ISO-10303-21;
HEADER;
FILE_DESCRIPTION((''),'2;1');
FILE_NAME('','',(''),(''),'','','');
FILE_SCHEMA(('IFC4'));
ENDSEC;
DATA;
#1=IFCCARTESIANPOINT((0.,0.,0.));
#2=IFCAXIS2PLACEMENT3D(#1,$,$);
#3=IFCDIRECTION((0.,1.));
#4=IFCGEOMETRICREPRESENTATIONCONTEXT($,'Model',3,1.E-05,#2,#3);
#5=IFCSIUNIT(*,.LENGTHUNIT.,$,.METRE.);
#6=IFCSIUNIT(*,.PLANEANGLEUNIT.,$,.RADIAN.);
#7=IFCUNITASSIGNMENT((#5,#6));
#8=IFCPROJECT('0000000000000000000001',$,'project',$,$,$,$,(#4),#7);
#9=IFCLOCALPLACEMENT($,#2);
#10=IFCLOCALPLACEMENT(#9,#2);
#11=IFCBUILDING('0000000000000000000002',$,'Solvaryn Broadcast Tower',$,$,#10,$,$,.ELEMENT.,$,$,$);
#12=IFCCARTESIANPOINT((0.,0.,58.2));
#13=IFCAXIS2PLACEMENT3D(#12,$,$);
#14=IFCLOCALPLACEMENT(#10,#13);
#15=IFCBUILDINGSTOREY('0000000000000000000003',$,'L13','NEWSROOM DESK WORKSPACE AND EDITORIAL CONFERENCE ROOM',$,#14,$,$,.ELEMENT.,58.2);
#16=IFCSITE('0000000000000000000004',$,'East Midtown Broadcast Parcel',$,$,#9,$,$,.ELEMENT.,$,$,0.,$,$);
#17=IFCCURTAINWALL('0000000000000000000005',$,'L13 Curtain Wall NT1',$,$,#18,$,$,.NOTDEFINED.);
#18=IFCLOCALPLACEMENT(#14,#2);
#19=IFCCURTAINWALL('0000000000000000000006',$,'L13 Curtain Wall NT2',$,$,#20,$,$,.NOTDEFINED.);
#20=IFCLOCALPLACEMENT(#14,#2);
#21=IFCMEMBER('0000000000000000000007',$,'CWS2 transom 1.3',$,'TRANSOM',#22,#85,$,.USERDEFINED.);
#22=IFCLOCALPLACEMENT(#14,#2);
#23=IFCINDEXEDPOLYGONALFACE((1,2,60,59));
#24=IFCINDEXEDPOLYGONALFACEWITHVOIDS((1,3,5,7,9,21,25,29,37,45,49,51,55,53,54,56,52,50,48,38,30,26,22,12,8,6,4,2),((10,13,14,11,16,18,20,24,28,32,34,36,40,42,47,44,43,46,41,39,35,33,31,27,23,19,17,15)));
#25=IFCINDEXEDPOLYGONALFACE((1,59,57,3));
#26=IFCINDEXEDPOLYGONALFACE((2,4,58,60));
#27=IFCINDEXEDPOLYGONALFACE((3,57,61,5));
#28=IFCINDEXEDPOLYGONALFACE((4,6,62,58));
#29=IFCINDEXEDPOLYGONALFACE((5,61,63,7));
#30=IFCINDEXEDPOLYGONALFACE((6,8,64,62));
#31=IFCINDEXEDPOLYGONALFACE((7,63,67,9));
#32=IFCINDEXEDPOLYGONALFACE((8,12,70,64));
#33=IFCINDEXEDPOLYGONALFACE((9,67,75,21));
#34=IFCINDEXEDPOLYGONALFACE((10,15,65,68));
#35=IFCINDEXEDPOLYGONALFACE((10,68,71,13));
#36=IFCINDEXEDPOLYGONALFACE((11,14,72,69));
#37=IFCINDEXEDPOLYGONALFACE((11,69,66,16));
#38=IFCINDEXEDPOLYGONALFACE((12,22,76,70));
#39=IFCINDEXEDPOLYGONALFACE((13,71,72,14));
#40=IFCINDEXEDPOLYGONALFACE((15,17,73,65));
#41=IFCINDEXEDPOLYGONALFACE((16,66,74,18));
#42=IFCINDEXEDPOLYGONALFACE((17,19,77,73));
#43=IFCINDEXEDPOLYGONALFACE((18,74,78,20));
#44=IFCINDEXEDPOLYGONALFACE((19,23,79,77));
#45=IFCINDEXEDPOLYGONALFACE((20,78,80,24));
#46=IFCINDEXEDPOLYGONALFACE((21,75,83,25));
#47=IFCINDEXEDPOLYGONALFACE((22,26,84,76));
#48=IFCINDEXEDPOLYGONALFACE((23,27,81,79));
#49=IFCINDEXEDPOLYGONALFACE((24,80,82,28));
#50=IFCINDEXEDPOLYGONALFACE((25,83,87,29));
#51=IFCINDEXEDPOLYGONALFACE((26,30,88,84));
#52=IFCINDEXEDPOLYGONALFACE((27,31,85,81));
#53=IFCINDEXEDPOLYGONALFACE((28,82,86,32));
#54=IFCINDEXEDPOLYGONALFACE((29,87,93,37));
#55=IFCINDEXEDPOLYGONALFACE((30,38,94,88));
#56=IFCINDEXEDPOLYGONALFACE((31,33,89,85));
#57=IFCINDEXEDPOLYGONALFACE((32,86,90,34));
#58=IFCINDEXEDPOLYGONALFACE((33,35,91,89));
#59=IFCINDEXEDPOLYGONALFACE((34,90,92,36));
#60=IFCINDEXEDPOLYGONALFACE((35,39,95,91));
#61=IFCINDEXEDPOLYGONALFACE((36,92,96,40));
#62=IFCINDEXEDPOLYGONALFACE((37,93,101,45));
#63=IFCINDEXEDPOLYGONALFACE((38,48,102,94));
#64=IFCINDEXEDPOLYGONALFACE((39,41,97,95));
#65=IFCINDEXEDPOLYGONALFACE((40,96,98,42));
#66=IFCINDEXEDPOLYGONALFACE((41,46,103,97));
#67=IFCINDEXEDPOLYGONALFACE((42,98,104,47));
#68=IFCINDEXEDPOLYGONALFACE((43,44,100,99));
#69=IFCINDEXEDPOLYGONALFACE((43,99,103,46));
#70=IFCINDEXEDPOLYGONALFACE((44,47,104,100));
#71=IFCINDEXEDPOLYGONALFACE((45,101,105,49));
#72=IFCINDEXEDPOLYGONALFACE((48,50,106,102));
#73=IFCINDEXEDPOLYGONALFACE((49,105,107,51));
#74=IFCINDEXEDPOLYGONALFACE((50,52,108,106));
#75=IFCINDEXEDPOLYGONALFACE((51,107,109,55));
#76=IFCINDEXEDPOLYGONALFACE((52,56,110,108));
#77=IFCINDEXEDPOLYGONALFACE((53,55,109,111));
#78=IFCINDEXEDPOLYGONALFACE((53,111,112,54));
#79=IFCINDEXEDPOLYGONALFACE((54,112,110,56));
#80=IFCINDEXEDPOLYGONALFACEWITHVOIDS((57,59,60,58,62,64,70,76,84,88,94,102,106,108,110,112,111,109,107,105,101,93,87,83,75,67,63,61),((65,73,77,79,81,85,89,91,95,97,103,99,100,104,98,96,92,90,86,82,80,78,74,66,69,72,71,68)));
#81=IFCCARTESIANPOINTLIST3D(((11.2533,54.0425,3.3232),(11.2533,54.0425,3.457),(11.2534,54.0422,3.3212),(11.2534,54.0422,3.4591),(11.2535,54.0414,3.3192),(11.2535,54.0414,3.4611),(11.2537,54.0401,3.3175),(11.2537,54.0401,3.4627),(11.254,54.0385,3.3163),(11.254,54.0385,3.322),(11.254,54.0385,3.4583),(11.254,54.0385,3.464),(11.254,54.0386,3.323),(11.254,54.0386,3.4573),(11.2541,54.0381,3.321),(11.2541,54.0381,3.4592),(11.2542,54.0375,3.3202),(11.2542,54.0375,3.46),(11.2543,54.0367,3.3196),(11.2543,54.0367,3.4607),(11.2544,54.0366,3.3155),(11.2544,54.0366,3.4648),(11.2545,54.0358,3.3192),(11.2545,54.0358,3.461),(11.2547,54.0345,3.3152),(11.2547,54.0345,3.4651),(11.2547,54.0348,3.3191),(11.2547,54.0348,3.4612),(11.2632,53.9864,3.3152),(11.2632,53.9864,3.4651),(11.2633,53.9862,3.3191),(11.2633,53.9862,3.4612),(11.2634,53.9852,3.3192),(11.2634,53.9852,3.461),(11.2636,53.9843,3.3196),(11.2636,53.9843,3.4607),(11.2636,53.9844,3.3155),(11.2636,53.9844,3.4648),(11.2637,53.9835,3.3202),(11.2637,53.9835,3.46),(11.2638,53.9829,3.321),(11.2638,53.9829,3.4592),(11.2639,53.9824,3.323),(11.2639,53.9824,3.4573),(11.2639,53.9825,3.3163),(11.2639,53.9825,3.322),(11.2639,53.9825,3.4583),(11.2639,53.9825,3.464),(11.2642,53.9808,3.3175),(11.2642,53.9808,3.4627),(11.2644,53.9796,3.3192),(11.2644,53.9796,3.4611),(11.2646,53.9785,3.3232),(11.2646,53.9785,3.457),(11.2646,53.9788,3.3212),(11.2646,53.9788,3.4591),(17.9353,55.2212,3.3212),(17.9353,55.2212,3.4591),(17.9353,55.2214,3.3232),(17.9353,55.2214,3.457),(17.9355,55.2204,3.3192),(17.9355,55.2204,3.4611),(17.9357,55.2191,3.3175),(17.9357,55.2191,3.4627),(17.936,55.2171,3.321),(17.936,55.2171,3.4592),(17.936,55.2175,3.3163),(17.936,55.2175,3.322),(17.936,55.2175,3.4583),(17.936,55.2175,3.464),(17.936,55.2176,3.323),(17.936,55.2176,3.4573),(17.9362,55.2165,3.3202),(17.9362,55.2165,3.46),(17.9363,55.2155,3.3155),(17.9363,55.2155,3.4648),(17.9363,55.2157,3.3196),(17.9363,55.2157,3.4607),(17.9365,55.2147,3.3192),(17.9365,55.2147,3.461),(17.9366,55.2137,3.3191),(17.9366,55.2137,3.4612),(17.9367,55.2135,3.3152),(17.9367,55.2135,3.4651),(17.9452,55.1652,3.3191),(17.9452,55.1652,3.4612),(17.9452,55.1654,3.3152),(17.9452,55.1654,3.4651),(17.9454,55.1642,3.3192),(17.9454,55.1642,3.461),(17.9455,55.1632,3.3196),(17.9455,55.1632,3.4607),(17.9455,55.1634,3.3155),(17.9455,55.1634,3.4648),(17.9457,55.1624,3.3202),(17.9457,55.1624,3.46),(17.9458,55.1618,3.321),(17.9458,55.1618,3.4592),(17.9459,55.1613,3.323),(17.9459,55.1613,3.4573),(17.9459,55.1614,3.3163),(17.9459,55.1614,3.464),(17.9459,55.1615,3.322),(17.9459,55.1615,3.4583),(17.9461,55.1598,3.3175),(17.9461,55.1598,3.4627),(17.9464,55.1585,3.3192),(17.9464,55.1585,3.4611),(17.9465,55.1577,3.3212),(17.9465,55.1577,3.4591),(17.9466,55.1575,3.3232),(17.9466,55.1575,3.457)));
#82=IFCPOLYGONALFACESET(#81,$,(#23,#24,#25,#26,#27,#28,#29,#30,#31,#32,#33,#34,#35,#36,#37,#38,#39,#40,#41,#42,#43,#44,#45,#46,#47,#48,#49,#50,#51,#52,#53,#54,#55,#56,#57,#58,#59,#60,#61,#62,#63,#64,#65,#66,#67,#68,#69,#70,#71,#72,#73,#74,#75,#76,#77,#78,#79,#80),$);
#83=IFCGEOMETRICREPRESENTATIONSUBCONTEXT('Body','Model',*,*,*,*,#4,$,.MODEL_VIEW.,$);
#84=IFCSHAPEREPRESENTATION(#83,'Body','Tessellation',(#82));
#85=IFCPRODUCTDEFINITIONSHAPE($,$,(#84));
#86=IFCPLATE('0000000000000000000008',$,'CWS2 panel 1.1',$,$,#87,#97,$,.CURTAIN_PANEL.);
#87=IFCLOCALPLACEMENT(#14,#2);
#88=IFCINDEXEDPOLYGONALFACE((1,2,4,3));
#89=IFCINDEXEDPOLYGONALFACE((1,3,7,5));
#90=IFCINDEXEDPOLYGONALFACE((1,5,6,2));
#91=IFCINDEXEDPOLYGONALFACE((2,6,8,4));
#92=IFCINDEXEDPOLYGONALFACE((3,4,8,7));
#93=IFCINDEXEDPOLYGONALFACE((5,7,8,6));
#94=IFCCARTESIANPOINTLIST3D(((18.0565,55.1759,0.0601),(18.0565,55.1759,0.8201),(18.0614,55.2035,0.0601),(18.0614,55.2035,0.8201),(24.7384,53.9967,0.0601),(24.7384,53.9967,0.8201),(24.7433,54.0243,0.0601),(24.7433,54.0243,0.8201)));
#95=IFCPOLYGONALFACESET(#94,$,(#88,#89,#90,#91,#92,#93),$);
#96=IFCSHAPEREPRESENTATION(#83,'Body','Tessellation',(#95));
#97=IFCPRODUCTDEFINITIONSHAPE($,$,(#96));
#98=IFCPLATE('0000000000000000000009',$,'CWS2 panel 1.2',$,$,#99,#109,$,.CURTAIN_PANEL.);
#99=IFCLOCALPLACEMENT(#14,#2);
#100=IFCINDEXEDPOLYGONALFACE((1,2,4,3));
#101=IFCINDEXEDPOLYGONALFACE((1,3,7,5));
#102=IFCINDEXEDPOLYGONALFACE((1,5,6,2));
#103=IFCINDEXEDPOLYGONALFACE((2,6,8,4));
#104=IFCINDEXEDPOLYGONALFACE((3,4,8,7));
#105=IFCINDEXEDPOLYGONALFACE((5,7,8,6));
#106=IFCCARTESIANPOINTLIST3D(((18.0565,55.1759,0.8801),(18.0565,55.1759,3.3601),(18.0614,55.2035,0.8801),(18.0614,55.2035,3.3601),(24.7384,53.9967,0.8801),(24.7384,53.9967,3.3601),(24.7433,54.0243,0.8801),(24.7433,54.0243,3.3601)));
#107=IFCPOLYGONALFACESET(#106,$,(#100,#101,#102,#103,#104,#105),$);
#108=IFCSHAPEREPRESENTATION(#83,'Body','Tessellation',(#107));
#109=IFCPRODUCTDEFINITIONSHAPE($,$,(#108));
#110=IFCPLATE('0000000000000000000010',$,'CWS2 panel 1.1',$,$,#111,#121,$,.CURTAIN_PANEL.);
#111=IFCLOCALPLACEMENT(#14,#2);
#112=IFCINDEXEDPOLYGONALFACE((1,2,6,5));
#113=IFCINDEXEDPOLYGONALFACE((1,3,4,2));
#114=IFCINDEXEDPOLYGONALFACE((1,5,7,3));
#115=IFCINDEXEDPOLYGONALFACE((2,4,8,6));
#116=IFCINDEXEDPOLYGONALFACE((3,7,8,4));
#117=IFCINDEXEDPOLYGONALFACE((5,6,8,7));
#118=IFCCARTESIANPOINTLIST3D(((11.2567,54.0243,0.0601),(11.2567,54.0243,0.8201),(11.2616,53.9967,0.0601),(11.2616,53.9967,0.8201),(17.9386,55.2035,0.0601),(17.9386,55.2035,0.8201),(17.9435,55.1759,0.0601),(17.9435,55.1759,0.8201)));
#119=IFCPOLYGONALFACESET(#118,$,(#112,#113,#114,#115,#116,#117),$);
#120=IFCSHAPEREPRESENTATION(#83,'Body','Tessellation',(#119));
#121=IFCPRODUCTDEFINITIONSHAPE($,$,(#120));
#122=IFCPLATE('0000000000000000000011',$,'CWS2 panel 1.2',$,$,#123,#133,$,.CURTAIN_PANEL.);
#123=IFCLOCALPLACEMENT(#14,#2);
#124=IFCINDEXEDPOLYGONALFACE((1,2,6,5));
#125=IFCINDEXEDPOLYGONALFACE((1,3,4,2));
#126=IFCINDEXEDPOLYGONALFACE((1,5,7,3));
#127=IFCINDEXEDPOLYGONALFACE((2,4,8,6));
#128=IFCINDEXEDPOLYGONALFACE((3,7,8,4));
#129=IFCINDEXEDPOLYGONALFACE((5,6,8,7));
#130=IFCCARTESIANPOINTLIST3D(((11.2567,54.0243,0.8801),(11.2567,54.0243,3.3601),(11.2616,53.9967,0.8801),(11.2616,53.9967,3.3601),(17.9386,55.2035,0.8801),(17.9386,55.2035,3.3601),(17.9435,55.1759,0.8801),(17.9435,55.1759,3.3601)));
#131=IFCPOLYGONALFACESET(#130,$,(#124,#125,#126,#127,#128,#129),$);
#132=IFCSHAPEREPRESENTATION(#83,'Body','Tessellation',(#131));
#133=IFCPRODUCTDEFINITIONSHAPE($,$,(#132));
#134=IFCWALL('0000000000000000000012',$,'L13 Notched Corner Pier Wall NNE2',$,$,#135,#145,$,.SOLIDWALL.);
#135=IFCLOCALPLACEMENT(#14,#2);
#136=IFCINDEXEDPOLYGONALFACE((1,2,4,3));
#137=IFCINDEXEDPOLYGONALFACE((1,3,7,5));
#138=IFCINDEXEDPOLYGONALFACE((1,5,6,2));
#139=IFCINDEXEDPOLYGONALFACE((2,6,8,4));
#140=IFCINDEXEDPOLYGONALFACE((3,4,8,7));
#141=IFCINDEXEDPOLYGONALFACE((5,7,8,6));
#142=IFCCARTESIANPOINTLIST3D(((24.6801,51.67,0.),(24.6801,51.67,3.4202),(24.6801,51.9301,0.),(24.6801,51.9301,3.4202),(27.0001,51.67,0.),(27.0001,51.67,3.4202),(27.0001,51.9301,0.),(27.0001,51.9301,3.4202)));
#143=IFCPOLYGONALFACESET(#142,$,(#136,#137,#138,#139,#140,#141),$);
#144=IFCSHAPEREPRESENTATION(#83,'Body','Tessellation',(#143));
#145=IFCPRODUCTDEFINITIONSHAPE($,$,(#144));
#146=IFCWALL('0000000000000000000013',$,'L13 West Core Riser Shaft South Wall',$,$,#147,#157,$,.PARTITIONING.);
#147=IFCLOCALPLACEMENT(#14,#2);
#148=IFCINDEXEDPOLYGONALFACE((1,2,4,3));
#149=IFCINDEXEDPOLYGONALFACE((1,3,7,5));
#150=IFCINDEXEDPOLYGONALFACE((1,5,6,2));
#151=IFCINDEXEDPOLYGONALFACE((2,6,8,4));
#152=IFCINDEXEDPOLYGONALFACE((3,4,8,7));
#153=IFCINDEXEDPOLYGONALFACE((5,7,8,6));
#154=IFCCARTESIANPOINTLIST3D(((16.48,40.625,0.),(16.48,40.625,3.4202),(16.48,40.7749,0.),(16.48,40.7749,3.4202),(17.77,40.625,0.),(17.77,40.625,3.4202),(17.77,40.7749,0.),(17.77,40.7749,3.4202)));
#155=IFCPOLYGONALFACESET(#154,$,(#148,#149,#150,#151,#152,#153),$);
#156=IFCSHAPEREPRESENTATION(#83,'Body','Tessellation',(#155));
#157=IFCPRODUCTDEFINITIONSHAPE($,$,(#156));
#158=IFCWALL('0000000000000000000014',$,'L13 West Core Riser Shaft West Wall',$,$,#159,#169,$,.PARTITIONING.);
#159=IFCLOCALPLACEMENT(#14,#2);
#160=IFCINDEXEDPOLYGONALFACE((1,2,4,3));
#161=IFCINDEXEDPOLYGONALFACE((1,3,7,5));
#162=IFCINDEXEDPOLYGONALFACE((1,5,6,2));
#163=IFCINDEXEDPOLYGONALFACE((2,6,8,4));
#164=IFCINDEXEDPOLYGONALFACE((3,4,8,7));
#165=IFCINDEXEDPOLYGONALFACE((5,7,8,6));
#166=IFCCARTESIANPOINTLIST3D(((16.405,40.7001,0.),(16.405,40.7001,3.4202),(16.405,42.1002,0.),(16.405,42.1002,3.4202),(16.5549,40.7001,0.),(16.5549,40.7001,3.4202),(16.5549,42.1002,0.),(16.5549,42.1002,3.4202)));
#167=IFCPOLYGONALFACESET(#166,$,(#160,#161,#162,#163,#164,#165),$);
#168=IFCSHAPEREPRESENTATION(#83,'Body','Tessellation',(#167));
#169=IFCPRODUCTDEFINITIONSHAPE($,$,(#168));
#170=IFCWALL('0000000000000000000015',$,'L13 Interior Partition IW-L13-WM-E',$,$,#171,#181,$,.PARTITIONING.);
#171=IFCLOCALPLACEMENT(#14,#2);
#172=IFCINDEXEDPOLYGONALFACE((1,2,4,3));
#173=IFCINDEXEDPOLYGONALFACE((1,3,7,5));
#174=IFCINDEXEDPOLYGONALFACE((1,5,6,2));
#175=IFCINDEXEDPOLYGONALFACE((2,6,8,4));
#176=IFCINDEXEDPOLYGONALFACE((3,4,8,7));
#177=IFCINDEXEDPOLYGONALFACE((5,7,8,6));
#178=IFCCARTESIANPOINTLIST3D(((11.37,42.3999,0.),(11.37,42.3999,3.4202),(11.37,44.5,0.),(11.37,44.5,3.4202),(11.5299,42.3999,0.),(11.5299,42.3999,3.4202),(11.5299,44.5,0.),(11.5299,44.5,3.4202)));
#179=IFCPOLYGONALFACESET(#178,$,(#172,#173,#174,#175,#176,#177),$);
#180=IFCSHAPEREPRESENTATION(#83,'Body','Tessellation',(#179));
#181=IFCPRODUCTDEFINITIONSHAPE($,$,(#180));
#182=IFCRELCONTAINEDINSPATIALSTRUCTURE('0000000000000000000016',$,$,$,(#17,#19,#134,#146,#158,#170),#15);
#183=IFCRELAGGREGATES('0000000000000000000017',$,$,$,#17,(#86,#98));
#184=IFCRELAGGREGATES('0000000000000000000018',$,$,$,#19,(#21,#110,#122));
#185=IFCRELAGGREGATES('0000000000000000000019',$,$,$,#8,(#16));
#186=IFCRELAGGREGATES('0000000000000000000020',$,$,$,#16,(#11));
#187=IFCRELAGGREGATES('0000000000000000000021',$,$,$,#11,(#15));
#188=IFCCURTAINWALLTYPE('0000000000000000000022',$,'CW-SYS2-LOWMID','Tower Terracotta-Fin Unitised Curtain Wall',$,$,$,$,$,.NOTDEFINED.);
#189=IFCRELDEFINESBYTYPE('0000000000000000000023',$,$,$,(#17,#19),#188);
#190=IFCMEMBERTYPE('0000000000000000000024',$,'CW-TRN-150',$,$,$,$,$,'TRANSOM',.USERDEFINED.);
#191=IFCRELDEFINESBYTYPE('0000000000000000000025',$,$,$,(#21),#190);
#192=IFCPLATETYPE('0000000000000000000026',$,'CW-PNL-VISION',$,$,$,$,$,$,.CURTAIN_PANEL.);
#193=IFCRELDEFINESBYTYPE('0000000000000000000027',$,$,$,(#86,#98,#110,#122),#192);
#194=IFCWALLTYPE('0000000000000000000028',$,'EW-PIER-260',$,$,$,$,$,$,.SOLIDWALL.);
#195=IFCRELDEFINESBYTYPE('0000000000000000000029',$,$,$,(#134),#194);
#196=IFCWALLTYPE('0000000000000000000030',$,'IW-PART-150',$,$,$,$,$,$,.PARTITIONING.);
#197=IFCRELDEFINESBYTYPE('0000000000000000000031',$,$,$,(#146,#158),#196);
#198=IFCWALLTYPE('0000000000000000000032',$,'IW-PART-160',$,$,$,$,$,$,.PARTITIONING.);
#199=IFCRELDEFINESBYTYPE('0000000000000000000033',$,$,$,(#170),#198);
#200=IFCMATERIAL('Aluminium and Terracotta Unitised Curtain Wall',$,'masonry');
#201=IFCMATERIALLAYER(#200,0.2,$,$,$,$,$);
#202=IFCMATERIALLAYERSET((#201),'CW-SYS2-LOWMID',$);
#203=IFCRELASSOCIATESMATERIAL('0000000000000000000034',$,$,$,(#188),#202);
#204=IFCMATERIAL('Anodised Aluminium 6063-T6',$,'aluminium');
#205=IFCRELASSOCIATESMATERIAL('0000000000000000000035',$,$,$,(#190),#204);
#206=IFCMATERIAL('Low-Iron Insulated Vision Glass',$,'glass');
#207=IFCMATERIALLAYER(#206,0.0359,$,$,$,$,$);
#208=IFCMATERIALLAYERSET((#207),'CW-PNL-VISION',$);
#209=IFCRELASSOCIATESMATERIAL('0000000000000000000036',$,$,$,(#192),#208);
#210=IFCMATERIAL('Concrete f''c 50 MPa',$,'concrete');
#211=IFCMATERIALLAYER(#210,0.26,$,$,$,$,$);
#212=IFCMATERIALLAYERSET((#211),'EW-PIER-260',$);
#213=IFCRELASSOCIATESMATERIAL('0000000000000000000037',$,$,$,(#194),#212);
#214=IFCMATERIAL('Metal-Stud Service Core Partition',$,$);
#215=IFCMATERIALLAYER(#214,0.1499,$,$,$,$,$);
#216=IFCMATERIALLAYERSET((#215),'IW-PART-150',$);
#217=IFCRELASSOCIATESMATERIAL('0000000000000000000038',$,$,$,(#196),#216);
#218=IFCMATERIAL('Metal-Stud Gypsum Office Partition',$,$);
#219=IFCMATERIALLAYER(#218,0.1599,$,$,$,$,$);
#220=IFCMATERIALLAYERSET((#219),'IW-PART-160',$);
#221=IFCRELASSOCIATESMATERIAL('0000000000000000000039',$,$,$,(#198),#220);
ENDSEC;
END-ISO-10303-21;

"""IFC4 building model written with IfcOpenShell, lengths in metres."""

from ifc_helpers import new_model, si_unit, direction, frame, frame_2d, origin, origin_2d, place, context, subcontext, project, spatial, rectangle, hollow_rectangle, extrude, material, layer, layer_set, material_profile, profile_set, type_object, element, aggregate, save


model = new_model("IFC4")

# Units and contexts
model_context = context("Model", 3, precision=1e-05, world=origin(), true_north=direction((0.0, 1.0)))
body_context = subcontext(model_context, "Body", "Model", "MODEL_VIEW")
ifc_project = project(units=[si_unit("LENGTHUNIT", "METRE"), si_unit("PLANEANGLEUNIT", "RADIAN")], contexts=[model_context])

# Site, building, storey
site_placement = place(None, origin())
site = spatial("IfcSite", under=ifc_project, at=site_placement, Name="East Midtown Broadcast Parcel", CompositionType="ELEMENT", RefElevation=0.0)
building_placement = place(site_placement, origin())
building = spatial("IfcBuilding", under=site, at=building_placement, Name="Solvaryn Broadcast Tower", CompositionType="ELEMENT")
storey_placement = place(building_placement, frame((0.0, 0.0, 58.2)))
storey = spatial("IfcBuildingStorey", under=building, at=storey_placement, Name="L13", Description="NEWSROOM DESK WORKSPACE AND EDITORIAL CONFERENCE ROOM", CompositionType="ELEMENT", Elevation=58.2)

# Curtain walls
ifc_material_1 = material(Name="Aluminium and Terracotta Unitised Curtain Wall", Category="masonry")
ifc_layer_1 = layer(ifc_material_1, 0.2)
ifc_layer_set_1 = layer_set([ifc_layer_1], Name="CW-SYS2-LOWMID")
curtain_wall_type = type_object("IfcCurtainWallType", Name="CW-SYS2-LOWMID", Description="Tower Terracotta-Fin Unitised Curtain Wall", PredefinedType="NOTDEFINED", material=ifc_layer_set_1)
curtain_wall_1_placement = place(storey_placement, origin())
curtain_wall_1 = element("IfcCurtainWall", 1, at=curtain_wall_1_placement, inside=storey, type_object=curtain_wall_type, Name="L13 Curtain Wall NT1", PredefinedType="NOTDEFINED")
curtain_wall_2_placement = place(storey_placement, origin())
curtain_wall_2 = element("IfcCurtainWall", 2, at=curtain_wall_2_placement, inside=storey, type_object=curtain_wall_type, Name="L13 Curtain Wall NT2", PredefinedType="NOTDEFINED")

# Member
ifc_material_2 = material(Name="Anodised Aluminium 6063-T6", Category="aluminium")
ifc_material_profile_1 = material_profile(ifc_material_2, hollow_rectangle(XDim=0.0649, YDim=0.1499, WallThickness=0.0039, InnerFilletRadius=0.0039, OuterFilletRadius=0.0081, at=origin_2d()))
ifc_profile_set_1 = profile_set([ifc_material_profile_1], Name="Anodised Aluminium 6063-T6")
member_type_1 = type_object("IfcMemberType", Name="CW-TRN-150", ElementType="TRANSOM", PredefinedType="USERDEFINED", material=ifc_profile_set_1)
member_1_placement = place(storey_placement, frame((17.9409, 55.1895, 3.3901), z_axis=(-0.984789, -0.173757, 0.0), x_axis=(0.173757, -0.984789, 0.0)))
member_1 = element("IfcMember", 3, at=member_1_placement, type_object=member_type_1, Name="CWS2 transom 1.3", ObjectType="TRANSOM", PredefinedType="USERDEFINED", context=body_context, shape_type="SweptSolid", body=[
    extrude(hollow_rectangle(XDim=0.0649, YDim=0.1499, WallThickness=0.0039, InnerFilletRadius=0.0039, OuterFilletRadius=0.0081, at=origin_2d()), origin(), (0.0, 0.0, 1.0), 6.7852),
])

# Plates
ifc_material_3 = material(Name="Low-Iron Insulated Vision Glass", Category="glass")
ifc_layer_2 = layer(ifc_material_3, 0.0359)
ifc_layer_set_2 = layer_set([ifc_layer_2], Name="CW-PNL-VISION")
plate_type = type_object("IfcPlateType", Name="CW-PNL-VISION", PredefinedType="CURTAIN_PANEL", material=ifc_layer_set_2)
plate_1_placement = place(storey_placement, frame((21.3999, 54.6001, 0.0601), z_axis=(0.0, 0.0, 1.0), x_axis=(-0.984784, 0.173785, 0.0)))
plate_1 = element("IfcPlate", 4, at=plate_1_placement, type_object=plate_type, Name="CWS2 panel 1.1", PredefinedType="CURTAIN_PANEL", context=body_context, shape_type="SweptSolid", body=[
    extrude(rectangle(XDim=6.7852, YDim=0.0281, at=origin_2d()), origin(), (0.0, 0.0, 1.0), 0.76),
])
plate_2_placement = place(storey_placement, frame((21.3999, 54.6001, 0.8801), z_axis=(0.0, 0.0, 1.0), x_axis=(-0.984784, 0.173785, 0.0)))
plate_2 = element("IfcPlate", 5, at=plate_2_placement, type_object=plate_type, Name="CWS2 panel 1.2", PredefinedType="CURTAIN_PANEL", context=body_context, shape_type="SweptSolid", body=[
    extrude(rectangle(XDim=6.7852, YDim=0.0281, at=origin_2d()), origin(), (0.0, 0.0, 1.0), 2.48),
])
aggregate(curtain_wall_1, [plate_1, plate_2])
plate_3_placement = place(storey_placement, frame((14.6001, 54.6001, 0.0601), z_axis=(0.0, 0.0, 1.0), x_axis=(-0.984784, -0.173785, 0.0)))
plate_3 = element("IfcPlate", 6, at=plate_3_placement, type_object=plate_type, Name="CWS2 panel 1.1", PredefinedType="CURTAIN_PANEL", context=body_context, shape_type="SweptSolid", body=[
    extrude(rectangle(XDim=6.7852, YDim=0.0281, at=origin_2d()), origin(), (0.0, 0.0, 1.0), 0.76),
])
plate_4_placement = place(storey_placement, frame((14.6001, 54.6001, 0.8801), z_axis=(0.0, 0.0, 1.0), x_axis=(-0.984784, -0.173785, 0.0)))
plate_4 = element("IfcPlate", 7, at=plate_4_placement, type_object=plate_type, Name="CWS2 panel 1.2", PredefinedType="CURTAIN_PANEL", context=body_context, shape_type="SweptSolid", body=[
    extrude(rectangle(XDim=6.7852, YDim=0.0281, at=origin_2d()), origin(), (0.0, 0.0, 1.0), 2.48),
])
aggregate(curtain_wall_2, [member_1, plate_3, plate_4])

# Walls
ifc_material_4 = material(Name="Concrete f'c 50 MPa", Category="concrete")
ifc_layer_3 = layer(ifc_material_4, 0.26)
ifc_layer_set_3 = layer_set([ifc_layer_3], Name="EW-PIER-260")
wall_type_1 = type_object("IfcWallType", Name="EW-PIER-260", PredefinedType="SOLIDWALL", material=ifc_layer_set_3)
wall_1_placement = place(storey_placement, frame((24.6799, 51.8, 0.0), z_axis=(0.0, 0.0, 1.0), x_axis=(1.0, 0.0, 0.0)))
element("IfcWall", 8, at=wall_1_placement, inside=storey, type_object=wall_type_1, Name="L13 Notched Corner Pier Wall NNE2", PredefinedType="SOLIDWALL", context=body_context, shape_type="SweptSolid", body=[
    extrude(rectangle(XDim=2.3201, YDim=0.26, at=frame_2d((1.1602, 0.0))), origin(), (0.0, 0.0, 1.0), 3.4202),
])
ifc_material_5 = material(Name="Metal-Stud Service Core Partition")
ifc_layer_4 = layer(ifc_material_5, 0.1499)
ifc_layer_set_4 = layer_set([ifc_layer_4], Name="IW-PART-150")
wall_type_2 = type_object("IfcWallType", Name="IW-PART-150", PredefinedType="PARTITIONING", material=ifc_layer_set_4)
wall_2_placement = place(storey_placement, frame((16.48, 40.7, 0.0), z_axis=(0.0, 0.0, 1.0), x_axis=(1.0, 0.0, 0.0)))
element("IfcWall", 9, at=wall_2_placement, inside=storey, type_object=wall_type_2, Name="L13 West Core Riser Shaft South Wall", PredefinedType="PARTITIONING", context=body_context, shape_type="SweptSolid", body=[
    extrude(rectangle(XDim=1.29, YDim=0.1499, at=frame_2d((0.645, 0.0))), origin(), (0.0, 0.0, 1.0), 3.4202),
])
wall_3_placement = place(storey_placement, frame((16.48, 40.7, 0.0), z_axis=(0.0, 0.0, 1.0), x_axis=(0.0, 1.0, 0.0)))
element("IfcWall", 10, at=wall_3_placement, inside=storey, type_object=wall_type_2, Name="L13 West Core Riser Shaft West Wall", PredefinedType="PARTITIONING", context=body_context, shape_type="SweptSolid", body=[
    extrude(rectangle(XDim=1.4001, YDim=0.1499, at=frame_2d((0.7002, 0.0))), origin(), (0.0, 0.0, 1.0), 3.4202),
])
ifc_material_6 = material(Name="Metal-Stud Gypsum Office Partition")
ifc_layer_5 = layer(ifc_material_6, 0.1599)
ifc_layer_set_5 = layer_set([ifc_layer_5], Name="IW-PART-160")
wall_type_3 = type_object("IfcWallType", Name="IW-PART-160", PredefinedType="PARTITIONING", material=ifc_layer_set_5)
wall_4_placement = place(storey_placement, frame((11.45, 42.3999, 0.0), z_axis=(0.0, 0.0, 1.0), x_axis=(0.0, 1.0, 0.0)))
element("IfcWall", 11, at=wall_4_placement, inside=storey, type_object=wall_type_3, Name="L13 Interior Partition IW-L13-WM-E", PredefinedType="PARTITIONING", context=body_context, shape_type="SweptSolid", body=[
    extrude(rectangle(XDim=2.1001, YDim=0.1599, at=frame_2d((1.05, 0.0))), origin(), (0.0, 0.0, 1.0), 3.4202),
])

save(model, "model.ifc")
